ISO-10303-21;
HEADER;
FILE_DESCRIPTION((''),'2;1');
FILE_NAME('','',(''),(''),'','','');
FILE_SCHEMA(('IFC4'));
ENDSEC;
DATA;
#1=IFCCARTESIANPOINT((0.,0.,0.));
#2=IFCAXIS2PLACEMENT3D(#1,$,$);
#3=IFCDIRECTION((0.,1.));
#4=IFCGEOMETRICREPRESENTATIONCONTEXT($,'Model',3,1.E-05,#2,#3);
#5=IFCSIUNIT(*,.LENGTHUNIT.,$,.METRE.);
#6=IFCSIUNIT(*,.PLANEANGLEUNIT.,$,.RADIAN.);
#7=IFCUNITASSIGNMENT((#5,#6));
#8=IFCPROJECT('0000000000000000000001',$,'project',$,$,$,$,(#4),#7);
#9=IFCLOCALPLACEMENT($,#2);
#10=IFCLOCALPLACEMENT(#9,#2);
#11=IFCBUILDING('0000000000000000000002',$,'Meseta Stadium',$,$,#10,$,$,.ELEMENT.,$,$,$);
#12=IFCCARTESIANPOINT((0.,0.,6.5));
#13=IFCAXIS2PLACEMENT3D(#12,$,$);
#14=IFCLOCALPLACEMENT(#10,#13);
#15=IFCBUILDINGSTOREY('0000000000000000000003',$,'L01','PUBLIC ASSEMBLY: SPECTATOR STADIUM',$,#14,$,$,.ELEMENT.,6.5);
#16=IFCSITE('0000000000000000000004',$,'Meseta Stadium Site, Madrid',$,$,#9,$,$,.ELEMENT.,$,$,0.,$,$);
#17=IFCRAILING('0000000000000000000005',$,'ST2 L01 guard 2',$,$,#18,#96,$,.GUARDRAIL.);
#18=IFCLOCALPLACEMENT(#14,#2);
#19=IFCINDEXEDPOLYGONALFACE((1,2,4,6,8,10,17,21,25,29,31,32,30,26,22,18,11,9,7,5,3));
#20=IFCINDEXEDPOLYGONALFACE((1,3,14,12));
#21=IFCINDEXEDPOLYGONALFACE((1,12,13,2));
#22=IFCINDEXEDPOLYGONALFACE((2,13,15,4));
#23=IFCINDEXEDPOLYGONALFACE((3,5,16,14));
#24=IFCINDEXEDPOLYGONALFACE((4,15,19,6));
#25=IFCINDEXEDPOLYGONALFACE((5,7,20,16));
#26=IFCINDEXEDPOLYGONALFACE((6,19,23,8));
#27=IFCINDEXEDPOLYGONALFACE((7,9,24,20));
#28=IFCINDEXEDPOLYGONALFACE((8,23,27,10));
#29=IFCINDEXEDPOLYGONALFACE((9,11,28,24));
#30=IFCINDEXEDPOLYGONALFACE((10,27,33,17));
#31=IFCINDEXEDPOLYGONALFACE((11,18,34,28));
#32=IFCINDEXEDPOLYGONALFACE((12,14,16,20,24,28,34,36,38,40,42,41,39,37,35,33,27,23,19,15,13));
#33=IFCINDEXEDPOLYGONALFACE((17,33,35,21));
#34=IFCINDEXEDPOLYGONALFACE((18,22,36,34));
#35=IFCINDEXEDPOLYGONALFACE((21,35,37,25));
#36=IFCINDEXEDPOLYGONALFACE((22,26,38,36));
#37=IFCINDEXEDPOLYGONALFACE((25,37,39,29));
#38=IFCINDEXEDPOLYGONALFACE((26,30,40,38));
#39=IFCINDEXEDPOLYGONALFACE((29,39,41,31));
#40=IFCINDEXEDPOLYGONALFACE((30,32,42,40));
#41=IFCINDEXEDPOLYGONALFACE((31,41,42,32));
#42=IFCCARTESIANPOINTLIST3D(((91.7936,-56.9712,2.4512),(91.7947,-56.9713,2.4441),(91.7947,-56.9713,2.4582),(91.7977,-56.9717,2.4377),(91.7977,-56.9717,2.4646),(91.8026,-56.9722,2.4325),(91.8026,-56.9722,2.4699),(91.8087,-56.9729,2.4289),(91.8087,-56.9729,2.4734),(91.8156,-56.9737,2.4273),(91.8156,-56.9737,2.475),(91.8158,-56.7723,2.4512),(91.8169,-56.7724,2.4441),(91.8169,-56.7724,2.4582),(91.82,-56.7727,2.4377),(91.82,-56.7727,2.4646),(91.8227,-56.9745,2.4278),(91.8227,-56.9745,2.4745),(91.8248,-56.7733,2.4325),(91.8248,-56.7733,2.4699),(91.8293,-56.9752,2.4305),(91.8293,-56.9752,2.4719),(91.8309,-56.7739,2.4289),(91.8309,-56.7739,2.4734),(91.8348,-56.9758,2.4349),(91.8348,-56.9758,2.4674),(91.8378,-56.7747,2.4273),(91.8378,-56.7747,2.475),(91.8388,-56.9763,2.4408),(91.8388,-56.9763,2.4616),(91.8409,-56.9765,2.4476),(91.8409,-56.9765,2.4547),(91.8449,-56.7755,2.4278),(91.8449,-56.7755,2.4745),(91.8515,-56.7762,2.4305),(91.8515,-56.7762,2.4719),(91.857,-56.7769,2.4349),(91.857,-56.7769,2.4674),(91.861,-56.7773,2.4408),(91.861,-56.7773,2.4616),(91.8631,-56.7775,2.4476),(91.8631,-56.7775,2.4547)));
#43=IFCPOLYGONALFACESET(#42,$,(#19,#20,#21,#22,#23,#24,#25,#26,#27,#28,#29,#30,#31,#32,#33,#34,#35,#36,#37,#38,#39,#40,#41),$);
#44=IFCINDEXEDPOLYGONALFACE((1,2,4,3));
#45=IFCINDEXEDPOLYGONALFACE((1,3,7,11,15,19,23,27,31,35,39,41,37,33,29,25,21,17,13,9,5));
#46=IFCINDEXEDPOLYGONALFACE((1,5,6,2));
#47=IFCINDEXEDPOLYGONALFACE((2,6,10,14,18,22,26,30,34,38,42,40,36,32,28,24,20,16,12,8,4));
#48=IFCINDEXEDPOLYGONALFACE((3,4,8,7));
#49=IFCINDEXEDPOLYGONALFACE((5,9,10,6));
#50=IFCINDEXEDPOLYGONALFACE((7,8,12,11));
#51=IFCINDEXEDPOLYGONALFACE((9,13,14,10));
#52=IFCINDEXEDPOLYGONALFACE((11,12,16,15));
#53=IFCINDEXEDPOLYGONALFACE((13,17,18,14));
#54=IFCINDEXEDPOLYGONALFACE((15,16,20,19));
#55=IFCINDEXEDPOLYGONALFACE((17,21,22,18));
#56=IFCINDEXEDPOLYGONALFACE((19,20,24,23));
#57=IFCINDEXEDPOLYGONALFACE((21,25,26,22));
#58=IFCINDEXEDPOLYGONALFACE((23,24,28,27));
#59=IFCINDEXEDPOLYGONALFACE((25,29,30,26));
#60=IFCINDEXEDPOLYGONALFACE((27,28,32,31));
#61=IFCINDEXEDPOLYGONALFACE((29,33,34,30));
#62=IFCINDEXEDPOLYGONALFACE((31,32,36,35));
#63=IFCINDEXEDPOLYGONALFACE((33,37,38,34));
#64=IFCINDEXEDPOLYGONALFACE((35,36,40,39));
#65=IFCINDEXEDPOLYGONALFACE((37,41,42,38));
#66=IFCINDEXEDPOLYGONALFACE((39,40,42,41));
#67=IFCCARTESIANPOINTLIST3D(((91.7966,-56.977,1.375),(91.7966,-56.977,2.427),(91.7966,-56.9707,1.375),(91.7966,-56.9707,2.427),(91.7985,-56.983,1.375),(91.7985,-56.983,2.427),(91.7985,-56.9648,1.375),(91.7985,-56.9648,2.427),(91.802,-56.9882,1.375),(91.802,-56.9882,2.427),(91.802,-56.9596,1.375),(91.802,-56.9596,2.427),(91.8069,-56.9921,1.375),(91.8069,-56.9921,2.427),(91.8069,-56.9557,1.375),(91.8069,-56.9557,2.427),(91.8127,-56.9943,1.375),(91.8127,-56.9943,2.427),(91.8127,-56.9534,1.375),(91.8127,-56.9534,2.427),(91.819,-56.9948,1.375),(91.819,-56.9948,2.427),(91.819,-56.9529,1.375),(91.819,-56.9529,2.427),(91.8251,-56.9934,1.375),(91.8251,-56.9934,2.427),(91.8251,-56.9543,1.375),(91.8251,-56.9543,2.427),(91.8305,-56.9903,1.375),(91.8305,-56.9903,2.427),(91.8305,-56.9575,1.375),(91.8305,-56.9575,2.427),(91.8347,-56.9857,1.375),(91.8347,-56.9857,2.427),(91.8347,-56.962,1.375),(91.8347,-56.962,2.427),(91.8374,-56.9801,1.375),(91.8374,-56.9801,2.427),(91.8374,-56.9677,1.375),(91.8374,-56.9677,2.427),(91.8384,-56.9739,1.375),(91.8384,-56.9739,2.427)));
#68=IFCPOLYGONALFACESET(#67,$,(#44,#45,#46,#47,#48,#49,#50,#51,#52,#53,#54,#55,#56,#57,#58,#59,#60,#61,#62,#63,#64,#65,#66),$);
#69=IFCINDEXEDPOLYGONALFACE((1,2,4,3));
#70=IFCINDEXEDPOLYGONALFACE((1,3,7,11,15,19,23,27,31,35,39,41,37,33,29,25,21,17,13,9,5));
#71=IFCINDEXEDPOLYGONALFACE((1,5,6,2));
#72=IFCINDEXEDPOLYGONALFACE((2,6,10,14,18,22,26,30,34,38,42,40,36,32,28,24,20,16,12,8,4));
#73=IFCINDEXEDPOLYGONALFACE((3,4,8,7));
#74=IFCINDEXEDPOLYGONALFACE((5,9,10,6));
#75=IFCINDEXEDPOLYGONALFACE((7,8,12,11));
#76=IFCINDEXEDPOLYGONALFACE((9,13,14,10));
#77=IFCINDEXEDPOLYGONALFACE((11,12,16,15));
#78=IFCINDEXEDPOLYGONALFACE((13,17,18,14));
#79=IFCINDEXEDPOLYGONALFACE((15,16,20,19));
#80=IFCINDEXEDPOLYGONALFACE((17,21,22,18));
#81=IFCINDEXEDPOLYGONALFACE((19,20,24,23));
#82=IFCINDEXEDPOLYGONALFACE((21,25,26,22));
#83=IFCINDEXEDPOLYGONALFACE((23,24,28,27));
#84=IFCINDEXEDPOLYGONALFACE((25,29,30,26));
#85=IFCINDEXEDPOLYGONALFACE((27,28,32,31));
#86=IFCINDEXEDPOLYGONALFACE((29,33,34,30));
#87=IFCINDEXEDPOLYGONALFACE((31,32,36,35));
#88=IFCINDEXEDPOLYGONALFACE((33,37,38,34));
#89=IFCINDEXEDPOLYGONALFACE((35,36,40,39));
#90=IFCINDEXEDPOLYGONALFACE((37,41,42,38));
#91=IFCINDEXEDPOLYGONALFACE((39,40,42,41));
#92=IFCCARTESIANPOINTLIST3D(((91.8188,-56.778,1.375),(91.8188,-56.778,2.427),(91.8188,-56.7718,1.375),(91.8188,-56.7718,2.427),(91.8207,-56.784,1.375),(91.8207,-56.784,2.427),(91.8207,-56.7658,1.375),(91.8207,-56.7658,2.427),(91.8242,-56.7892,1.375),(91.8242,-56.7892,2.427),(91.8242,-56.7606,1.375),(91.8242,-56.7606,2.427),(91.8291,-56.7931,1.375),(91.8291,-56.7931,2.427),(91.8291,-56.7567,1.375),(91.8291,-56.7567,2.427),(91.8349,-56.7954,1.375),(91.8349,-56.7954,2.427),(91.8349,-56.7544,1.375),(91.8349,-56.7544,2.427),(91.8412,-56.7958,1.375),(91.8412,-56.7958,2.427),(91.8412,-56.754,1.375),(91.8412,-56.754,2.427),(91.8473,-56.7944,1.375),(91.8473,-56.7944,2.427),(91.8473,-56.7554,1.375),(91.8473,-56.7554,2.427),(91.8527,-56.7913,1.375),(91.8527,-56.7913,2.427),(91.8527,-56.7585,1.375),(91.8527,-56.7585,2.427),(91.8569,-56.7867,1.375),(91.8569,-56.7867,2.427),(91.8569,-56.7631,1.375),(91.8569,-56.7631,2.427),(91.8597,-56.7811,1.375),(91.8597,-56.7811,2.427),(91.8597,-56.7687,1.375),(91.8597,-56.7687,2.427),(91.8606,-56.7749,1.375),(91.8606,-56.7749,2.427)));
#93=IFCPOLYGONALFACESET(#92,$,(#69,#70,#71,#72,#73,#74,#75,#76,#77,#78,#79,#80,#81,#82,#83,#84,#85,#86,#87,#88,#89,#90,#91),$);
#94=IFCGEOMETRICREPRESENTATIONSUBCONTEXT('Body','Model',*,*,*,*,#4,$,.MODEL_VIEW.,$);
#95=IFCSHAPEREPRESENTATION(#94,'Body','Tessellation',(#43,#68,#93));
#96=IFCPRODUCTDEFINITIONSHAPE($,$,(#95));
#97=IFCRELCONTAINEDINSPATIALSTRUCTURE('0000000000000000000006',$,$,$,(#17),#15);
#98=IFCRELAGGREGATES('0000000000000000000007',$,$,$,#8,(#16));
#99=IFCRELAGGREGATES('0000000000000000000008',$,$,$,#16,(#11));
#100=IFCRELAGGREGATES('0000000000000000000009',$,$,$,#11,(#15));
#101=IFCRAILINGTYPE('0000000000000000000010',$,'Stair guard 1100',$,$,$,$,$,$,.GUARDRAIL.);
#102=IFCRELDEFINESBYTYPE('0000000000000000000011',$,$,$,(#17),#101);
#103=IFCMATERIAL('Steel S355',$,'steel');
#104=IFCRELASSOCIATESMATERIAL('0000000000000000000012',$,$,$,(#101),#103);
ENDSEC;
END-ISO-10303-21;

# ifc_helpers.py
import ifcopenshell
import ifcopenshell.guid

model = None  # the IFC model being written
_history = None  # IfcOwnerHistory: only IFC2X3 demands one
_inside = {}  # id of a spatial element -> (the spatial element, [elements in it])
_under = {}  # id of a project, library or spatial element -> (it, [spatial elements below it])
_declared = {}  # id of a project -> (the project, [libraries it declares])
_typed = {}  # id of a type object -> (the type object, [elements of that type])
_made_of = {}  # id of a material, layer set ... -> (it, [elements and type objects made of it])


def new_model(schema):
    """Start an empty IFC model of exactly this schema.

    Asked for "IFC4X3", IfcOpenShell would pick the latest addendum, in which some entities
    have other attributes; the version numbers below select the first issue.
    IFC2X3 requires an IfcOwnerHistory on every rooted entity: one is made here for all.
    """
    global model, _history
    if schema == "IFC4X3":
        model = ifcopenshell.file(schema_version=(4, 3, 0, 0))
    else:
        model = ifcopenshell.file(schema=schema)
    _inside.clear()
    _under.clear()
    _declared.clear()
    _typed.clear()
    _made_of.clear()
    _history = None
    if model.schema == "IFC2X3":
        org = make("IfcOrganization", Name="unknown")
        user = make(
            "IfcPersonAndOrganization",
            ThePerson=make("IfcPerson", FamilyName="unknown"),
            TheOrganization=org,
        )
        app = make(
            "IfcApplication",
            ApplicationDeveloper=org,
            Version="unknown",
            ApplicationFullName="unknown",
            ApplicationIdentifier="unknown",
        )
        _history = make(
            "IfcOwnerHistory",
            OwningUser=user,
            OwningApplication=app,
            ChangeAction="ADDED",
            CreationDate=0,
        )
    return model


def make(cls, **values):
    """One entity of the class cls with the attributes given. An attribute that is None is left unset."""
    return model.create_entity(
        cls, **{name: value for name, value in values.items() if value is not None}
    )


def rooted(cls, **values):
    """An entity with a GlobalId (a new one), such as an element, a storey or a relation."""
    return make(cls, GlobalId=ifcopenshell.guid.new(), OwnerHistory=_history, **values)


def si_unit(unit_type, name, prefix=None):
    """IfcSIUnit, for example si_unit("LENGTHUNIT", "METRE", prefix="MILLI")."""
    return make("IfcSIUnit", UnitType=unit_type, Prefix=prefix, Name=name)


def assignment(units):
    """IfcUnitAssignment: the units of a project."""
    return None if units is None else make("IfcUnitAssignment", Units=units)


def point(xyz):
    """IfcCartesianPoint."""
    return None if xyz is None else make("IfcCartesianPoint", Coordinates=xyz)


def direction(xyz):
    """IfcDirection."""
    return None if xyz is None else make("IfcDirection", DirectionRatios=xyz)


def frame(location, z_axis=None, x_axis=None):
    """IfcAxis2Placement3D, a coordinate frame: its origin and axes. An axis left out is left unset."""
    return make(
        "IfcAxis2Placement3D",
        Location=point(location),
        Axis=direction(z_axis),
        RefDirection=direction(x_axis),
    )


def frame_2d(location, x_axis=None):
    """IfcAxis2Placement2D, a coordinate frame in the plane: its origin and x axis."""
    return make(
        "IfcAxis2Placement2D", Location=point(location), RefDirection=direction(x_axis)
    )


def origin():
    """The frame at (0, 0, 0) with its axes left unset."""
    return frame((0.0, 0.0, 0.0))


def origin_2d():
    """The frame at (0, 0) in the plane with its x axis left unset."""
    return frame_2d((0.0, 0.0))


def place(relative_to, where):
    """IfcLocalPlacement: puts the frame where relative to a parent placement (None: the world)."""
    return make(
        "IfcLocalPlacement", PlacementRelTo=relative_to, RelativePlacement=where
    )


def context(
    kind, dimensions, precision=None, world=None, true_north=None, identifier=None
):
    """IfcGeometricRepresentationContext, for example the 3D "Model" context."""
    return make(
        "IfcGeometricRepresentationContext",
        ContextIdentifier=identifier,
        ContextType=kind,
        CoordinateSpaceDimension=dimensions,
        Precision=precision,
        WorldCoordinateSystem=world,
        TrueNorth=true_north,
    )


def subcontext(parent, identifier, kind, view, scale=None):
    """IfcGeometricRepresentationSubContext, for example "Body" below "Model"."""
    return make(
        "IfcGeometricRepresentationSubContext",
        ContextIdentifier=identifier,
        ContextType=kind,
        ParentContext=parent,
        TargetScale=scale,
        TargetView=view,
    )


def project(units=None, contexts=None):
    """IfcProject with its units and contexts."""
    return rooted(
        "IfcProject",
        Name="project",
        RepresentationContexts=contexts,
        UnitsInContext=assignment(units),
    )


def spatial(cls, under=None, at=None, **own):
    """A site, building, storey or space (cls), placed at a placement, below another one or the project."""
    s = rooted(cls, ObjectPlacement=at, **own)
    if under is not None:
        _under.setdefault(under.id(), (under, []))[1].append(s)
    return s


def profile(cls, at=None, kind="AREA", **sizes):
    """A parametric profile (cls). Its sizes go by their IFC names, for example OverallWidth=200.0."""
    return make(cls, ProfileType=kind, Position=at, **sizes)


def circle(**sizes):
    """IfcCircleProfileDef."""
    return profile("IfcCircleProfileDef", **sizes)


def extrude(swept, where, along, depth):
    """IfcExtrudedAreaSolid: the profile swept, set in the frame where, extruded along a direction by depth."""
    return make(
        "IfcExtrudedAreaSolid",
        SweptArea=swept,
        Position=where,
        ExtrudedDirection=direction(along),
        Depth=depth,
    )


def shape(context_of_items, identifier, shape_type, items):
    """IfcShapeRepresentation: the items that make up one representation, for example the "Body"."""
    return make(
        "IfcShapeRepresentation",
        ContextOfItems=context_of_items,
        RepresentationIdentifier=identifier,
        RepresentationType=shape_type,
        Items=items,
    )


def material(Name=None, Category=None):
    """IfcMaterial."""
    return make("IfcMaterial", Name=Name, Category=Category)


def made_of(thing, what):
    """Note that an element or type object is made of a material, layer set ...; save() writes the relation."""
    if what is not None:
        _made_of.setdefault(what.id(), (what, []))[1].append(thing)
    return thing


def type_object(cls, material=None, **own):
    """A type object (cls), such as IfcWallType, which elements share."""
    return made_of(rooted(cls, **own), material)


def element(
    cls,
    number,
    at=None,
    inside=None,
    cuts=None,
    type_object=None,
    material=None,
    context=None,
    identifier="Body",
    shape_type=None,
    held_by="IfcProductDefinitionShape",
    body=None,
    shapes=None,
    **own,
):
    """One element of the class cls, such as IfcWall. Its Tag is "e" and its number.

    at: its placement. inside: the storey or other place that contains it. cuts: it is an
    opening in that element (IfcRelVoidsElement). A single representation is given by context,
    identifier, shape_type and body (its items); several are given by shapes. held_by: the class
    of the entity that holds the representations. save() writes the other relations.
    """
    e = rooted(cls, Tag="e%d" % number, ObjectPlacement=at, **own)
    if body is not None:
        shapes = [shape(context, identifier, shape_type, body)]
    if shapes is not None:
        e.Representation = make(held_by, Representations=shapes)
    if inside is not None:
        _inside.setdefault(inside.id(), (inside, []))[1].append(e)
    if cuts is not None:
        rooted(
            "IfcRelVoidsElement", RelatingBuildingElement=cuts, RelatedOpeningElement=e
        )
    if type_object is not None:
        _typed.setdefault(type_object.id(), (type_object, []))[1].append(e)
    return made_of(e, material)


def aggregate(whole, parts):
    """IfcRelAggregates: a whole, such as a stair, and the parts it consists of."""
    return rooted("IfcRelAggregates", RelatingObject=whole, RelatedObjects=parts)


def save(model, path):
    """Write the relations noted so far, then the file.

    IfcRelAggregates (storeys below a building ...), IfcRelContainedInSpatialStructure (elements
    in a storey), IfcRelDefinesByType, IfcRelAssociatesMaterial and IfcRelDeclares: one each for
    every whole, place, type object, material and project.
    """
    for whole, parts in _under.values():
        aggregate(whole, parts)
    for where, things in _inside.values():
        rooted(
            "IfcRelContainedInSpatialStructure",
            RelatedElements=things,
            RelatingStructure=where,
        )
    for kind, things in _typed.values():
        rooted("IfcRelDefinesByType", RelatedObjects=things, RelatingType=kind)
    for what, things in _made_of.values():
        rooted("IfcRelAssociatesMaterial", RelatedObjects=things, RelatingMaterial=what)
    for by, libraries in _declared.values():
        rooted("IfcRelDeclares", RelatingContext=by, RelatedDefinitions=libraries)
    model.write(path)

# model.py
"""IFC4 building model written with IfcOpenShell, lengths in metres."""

from ifc_helpers import new_model, si_unit, direction, frame, origin, origin_2d, place, context, subcontext, project, spatial, circle, extrude, material, type_object, element, save


model = new_model("IFC4")

# Units and contexts
model_context = context("Model", 3, precision=1e-05, world=origin(), true_north=direction((0.0, 1.0)))
body_context = subcontext(model_context, "Body", "Model", "MODEL_VIEW")
ifc_project = project(units=[si_unit("LENGTHUNIT", "METRE"), si_unit("PLANEANGLEUNIT", "RADIAN")], contexts=[model_context])

# Site, building, storey
site_placement = place(None, origin())
site = spatial("IfcSite", under=ifc_project, at=site_placement, Name="Meseta Stadium Site, Madrid", CompositionType="ELEMENT", RefElevation=0.0)
building_placement = place(site_placement, origin())
building = spatial("IfcBuilding", under=site, at=building_placement, Name="Meseta Stadium", CompositionType="ELEMENT")
storey_placement = place(building_placement, frame((0.0, 0.0, 6.5)))
storey = spatial("IfcBuildingStorey", under=building, at=storey_placement, Name="L01", Description="PUBLIC ASSEMBLY: SPECTATOR STADIUM", CompositionType="ELEMENT", Elevation=6.5)

# Railing
ifc_material_1 = material(Name="Steel S355", Category="steel")
railing_type_1 = type_object("IfcRailingType", Name="Stair guard 1100", PredefinedType="GUARDRAIL", material=ifc_material_1)
railing_1_placement = place(storey_placement, frame((91.8174, -56.9739, 1.375)))
element("IfcRailing", 1, at=railing_1_placement, inside=storey, type_object=railing_type_1, Name="ST2 L01 guard 2", PredefinedType="GUARDRAIL", context=body_context, shape_type="SweptSolid", body=[
    extrude(circle(Radius=0.0239, at=origin_2d()), frame((0.0, 0.0, 1.0762), z_axis=(0.110967, 0.993824, 0.0), x_axis=(-0.993824, 0.110967, 0.0)), (0.0, 0.0, 1.0), 0.2002),
    extrude(circle(Radius=0.021, at=origin_2d()), origin(), (0.0, 0.0, 1.0), 1.052),
    extrude(circle(Radius=0.021, at=origin_2d()), frame((0.0222, 0.199, 0.0)), (0.0, 0.0, 1.0), 1.052),
])

save(model, "model.ifc")
